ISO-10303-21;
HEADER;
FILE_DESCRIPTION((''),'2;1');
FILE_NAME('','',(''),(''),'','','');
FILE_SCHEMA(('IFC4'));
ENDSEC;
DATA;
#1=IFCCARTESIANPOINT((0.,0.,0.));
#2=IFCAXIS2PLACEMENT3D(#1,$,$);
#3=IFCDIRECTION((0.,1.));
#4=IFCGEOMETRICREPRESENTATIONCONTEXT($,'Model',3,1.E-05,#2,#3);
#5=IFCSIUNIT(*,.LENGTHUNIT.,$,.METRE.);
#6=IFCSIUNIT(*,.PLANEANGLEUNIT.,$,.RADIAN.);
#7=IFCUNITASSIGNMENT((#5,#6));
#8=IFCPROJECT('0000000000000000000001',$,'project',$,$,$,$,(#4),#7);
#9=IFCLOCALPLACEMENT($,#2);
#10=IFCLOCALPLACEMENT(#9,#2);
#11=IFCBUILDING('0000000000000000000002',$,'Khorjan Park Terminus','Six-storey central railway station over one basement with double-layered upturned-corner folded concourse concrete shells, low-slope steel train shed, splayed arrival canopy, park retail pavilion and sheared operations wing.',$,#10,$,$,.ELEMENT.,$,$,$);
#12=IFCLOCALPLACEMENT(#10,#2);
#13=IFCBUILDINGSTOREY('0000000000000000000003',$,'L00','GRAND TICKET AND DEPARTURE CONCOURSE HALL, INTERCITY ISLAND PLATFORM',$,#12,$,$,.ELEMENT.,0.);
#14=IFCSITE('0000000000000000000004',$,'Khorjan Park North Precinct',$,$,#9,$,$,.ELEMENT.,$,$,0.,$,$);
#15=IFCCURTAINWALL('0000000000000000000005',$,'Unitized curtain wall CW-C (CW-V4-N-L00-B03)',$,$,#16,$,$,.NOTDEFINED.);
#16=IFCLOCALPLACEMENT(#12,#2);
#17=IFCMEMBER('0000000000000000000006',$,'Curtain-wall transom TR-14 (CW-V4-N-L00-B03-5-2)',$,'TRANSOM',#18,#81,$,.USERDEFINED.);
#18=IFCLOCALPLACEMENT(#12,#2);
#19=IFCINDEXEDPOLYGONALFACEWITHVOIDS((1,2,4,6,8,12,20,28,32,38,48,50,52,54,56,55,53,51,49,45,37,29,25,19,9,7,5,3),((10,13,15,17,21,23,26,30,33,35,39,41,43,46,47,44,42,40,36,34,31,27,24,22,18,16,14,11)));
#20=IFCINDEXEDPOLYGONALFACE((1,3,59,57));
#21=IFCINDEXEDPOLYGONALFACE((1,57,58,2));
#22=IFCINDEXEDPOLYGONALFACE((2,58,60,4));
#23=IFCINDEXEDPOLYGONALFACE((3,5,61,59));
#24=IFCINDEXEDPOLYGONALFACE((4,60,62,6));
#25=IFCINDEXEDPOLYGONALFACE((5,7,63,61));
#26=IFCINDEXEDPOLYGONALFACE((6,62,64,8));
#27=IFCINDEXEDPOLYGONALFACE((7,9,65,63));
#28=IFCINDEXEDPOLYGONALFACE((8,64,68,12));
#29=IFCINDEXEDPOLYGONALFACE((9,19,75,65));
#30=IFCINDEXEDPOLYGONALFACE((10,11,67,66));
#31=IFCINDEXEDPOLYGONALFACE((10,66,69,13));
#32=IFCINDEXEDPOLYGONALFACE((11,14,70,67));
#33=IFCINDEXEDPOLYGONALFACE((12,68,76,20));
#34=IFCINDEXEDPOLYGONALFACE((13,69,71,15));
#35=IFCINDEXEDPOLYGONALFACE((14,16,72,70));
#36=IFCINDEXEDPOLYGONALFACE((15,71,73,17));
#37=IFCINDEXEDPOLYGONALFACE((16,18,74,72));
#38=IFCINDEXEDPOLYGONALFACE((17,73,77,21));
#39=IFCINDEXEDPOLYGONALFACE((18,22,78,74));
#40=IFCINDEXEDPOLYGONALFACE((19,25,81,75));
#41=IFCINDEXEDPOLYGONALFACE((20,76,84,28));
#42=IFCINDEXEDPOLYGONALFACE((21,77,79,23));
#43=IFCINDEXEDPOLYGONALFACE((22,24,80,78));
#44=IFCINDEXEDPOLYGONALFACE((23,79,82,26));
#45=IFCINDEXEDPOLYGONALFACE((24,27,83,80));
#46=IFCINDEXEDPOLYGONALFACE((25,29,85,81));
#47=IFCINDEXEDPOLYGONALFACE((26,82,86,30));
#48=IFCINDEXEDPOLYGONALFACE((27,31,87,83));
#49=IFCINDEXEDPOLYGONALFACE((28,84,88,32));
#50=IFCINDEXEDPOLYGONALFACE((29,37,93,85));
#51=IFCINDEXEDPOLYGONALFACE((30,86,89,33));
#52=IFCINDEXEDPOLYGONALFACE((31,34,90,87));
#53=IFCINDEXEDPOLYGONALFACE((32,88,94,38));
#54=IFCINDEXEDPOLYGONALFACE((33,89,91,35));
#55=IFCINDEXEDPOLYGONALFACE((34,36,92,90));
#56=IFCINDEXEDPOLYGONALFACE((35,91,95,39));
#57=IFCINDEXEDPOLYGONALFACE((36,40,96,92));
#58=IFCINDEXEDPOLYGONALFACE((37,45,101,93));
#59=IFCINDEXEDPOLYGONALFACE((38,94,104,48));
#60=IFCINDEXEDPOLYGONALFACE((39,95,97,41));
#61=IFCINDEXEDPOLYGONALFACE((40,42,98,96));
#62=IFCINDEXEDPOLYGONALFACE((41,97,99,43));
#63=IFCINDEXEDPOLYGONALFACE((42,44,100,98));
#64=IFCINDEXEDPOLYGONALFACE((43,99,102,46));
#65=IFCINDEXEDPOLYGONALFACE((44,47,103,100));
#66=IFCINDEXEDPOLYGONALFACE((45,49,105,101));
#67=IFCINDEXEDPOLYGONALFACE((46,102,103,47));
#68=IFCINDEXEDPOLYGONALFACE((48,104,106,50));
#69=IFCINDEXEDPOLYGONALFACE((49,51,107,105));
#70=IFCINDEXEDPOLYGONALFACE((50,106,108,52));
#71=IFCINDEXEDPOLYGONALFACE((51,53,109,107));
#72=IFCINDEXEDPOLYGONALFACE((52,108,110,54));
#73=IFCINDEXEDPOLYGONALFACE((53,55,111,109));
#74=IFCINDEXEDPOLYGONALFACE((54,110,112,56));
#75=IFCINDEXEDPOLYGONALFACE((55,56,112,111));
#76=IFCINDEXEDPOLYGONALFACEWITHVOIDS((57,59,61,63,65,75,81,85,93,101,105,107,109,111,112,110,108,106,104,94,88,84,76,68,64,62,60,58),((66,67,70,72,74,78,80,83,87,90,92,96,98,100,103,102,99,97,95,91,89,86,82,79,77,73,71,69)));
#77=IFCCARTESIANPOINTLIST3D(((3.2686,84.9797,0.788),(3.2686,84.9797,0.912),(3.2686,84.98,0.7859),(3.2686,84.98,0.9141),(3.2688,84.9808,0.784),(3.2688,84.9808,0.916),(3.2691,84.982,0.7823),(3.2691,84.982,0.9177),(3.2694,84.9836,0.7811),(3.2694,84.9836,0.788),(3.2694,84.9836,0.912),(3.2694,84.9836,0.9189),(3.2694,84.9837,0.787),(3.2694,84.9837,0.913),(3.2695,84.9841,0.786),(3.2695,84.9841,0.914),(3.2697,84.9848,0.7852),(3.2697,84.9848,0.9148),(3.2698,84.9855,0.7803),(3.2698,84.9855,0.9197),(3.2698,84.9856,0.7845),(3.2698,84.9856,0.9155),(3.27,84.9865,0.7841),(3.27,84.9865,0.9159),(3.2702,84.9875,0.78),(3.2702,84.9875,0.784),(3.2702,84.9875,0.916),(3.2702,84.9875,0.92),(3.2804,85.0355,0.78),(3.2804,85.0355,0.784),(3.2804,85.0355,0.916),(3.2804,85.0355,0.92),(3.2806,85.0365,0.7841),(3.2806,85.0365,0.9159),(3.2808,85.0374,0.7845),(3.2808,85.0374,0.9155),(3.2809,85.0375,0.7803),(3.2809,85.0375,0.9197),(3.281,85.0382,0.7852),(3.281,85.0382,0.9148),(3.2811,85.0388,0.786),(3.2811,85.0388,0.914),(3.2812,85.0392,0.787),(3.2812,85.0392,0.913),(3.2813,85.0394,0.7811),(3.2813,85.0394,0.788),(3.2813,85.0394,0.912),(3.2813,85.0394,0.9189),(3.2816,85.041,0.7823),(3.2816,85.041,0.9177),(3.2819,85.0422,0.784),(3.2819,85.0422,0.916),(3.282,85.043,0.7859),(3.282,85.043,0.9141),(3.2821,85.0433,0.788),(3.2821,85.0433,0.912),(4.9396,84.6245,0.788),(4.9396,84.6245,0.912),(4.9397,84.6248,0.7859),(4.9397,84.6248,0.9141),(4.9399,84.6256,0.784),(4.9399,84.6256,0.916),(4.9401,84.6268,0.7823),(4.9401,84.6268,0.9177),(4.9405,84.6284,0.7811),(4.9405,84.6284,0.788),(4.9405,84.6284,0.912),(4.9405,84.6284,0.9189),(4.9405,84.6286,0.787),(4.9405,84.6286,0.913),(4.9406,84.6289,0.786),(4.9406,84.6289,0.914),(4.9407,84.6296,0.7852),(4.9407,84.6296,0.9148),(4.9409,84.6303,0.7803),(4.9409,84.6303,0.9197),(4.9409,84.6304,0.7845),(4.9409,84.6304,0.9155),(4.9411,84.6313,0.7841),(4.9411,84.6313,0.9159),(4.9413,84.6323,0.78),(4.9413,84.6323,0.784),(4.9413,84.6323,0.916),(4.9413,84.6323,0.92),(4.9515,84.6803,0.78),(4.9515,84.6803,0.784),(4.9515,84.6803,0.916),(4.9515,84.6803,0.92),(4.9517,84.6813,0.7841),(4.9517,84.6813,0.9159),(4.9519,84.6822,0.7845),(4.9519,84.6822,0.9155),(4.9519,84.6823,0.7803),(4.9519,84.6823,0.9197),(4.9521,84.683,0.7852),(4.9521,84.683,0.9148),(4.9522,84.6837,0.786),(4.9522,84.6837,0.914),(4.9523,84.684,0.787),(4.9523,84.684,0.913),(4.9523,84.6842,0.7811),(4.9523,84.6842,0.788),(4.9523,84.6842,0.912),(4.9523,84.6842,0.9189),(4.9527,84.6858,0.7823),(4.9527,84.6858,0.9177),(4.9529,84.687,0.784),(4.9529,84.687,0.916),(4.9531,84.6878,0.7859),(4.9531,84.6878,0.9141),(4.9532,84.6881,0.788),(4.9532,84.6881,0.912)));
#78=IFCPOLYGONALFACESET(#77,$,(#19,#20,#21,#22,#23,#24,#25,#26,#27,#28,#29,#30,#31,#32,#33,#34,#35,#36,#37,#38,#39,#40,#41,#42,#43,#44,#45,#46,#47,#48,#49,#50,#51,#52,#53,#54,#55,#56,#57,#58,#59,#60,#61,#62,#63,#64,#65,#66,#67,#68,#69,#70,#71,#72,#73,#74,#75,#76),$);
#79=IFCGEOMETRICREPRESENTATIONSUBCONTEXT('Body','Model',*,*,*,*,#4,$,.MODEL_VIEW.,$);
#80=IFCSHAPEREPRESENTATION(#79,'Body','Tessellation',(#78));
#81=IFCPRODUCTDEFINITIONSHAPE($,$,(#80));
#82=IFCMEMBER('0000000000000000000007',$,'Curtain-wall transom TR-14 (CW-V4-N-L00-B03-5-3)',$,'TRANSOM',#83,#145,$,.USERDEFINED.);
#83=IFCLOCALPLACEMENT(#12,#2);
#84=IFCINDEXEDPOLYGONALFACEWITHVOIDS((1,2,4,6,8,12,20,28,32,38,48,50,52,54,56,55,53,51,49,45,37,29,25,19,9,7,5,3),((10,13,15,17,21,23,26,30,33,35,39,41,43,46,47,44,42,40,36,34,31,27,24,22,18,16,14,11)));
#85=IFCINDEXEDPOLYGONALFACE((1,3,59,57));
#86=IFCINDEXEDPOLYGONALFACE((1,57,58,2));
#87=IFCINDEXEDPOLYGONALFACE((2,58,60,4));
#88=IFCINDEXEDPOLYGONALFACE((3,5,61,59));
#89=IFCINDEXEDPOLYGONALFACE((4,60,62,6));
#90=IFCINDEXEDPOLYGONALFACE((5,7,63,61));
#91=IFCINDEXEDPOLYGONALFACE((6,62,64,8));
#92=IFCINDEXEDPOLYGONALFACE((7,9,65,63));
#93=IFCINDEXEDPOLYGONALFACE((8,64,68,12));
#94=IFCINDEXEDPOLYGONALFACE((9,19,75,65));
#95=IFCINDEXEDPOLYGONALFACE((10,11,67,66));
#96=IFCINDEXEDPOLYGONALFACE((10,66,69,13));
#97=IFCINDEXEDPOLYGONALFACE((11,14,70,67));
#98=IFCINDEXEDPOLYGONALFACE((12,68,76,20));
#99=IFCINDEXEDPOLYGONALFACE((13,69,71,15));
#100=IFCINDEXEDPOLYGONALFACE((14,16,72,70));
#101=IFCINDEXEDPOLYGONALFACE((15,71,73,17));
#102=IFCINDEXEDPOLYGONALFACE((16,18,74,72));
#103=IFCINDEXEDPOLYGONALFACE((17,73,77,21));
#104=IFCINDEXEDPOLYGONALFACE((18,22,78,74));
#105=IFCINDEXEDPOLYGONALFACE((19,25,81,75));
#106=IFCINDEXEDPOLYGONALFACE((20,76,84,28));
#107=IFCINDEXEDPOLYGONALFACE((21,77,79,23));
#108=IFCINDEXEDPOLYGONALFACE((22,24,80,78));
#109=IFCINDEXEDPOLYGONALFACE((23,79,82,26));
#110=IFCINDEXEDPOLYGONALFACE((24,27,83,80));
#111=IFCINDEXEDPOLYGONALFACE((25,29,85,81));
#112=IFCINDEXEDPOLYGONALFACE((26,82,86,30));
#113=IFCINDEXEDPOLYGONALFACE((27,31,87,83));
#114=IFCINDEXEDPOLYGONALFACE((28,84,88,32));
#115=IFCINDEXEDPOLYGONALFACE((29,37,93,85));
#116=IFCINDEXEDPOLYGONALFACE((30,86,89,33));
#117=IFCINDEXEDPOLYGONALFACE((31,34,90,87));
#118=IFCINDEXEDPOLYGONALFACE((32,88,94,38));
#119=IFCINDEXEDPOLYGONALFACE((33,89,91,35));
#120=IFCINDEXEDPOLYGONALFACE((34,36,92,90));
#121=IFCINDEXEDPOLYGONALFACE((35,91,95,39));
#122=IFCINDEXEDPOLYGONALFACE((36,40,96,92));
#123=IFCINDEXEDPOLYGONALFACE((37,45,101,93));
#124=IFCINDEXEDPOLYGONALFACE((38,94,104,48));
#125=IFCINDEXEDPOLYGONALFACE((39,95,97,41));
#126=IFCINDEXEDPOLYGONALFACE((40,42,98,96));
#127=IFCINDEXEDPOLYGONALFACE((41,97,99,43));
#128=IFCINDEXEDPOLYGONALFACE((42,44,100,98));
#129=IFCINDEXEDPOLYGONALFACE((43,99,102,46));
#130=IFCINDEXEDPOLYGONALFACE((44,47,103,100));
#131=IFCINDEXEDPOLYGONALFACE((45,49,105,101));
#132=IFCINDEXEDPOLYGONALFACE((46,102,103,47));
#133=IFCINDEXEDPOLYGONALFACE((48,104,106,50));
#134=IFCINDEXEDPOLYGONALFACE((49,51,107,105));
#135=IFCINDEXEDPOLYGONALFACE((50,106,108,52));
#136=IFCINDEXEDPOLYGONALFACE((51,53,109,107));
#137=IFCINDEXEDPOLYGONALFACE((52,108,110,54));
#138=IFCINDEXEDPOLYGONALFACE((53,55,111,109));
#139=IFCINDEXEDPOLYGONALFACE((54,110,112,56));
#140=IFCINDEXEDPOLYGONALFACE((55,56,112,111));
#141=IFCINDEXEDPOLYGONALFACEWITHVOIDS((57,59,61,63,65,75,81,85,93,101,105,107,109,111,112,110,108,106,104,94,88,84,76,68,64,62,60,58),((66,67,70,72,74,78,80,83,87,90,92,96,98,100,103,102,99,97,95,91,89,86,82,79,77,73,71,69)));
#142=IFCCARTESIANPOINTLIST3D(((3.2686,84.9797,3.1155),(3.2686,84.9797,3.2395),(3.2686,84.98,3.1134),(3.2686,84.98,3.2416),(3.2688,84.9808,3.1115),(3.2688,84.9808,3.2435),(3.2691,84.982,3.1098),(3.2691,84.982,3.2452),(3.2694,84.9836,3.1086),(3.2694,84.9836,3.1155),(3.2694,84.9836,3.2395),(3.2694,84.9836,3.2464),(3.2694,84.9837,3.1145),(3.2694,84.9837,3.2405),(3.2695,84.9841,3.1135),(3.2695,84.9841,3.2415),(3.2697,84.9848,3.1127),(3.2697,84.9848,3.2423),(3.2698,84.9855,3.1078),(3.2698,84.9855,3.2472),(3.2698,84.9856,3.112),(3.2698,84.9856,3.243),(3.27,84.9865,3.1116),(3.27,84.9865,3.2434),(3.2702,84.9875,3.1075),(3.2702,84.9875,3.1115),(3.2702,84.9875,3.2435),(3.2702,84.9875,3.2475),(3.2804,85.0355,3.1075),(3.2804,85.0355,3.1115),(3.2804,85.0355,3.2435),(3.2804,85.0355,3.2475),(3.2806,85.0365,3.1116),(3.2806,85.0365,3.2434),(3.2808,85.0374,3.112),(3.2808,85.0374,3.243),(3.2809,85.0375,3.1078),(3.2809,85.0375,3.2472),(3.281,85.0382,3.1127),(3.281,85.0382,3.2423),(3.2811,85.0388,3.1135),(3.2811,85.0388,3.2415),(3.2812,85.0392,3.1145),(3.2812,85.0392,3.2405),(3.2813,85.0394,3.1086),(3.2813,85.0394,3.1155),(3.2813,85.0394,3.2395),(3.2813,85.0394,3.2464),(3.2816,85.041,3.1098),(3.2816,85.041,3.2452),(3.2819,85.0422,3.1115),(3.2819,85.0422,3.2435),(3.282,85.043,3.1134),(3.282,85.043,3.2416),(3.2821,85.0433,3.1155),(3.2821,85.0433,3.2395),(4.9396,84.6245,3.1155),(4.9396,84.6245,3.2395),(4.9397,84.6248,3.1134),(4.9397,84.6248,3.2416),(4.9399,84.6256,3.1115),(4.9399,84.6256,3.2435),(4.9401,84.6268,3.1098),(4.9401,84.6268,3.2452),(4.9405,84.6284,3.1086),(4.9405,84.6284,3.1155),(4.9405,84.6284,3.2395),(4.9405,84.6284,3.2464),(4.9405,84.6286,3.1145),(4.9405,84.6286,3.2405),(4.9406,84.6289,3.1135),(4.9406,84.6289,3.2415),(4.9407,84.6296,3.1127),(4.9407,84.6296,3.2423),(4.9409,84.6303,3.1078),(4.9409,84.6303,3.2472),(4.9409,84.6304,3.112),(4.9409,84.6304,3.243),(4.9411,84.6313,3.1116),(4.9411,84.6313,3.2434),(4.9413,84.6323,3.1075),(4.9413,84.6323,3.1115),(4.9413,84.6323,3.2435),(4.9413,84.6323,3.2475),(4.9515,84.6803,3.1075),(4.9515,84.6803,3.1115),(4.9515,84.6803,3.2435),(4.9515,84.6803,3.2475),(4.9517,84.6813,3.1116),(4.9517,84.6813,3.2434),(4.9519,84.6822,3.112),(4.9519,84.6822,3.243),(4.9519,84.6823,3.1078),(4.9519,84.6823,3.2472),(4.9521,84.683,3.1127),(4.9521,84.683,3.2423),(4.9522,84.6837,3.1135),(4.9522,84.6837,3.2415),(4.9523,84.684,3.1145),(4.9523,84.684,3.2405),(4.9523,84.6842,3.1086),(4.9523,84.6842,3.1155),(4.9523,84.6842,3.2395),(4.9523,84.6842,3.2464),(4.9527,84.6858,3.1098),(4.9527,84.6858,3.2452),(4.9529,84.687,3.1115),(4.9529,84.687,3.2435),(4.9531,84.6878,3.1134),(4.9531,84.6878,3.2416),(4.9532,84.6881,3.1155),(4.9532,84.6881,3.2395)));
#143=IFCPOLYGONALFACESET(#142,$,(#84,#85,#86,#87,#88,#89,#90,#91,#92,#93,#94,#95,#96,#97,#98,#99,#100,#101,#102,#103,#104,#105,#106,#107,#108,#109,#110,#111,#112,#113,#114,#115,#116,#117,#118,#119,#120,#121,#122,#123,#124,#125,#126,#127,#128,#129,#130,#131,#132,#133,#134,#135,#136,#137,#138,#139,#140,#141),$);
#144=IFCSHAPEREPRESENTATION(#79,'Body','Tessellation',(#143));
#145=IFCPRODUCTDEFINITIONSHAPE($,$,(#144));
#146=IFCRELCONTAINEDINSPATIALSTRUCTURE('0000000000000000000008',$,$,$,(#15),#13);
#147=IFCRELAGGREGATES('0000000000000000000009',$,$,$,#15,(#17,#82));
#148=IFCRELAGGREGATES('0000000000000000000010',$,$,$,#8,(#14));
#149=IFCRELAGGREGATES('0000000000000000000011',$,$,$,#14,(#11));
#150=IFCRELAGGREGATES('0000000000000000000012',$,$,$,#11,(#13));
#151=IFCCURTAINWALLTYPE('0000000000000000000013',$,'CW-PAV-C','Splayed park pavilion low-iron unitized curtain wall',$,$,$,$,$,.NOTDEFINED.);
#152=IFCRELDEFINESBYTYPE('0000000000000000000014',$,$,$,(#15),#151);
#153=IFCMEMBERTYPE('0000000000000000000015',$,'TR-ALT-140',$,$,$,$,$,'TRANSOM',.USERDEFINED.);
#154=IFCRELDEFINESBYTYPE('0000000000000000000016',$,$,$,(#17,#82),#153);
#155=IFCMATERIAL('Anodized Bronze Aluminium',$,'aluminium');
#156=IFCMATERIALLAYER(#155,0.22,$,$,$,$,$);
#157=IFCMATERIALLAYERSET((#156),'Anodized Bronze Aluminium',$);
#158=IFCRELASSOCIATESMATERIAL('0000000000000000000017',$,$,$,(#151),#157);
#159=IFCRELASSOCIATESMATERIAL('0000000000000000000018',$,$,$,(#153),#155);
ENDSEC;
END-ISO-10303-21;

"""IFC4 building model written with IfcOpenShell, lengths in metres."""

from ifc_helpers import new_model, si_unit, direction, frame, origin, origin_2d, place, context, subcontext, project, spatial, hollow_rectangle, extrude, material, layer, layer_set, material_profile, profile_set, type_object, element, aggregate, save


model = new_model("IFC4")

# Units and contexts
model_context = context("Model", 3, precision=1e-05, world=origin(), true_north=direction((0.0, 1.0)))
body_context = subcontext(model_context, "Body", "Model", "MODEL_VIEW")
ifc_project = project(units=[si_unit("LENGTHUNIT", "METRE"), si_unit("PLANEANGLEUNIT", "RADIAN")], contexts=[model_context])

# Site, building, storey
site_placement = place(None, origin())
site = spatial("IfcSite", under=ifc_project, at=site_placement, Name="Khorjan Park North Precinct", CompositionType="ELEMENT", RefElevation=0.0)
building_placement = place(site_placement, origin())
building = spatial("IfcBuilding", under=site, at=building_placement, Name="Khorjan Park Terminus", Description="Six-storey central railway station over one basement with double-layered upturned-corner folded concourse concrete shells, low-slope steel train shed, splayed arrival canopy, park retail pavilion and sheared operations wing.", CompositionType="ELEMENT")
storey_placement = place(building_placement, origin())
storey = spatial("IfcBuildingStorey", under=building, at=storey_placement, Name="L00", Description="GRAND TICKET AND DEPARTURE CONCOURSE HALL, INTERCITY ISLAND PLATFORM", CompositionType="ELEMENT", Elevation=0.0)

# Curtain wall
ifc_material_1 = material(Name="Anodized Bronze Aluminium", Category="aluminium")
ifc_layer_1 = layer(ifc_material_1, 0.22)
ifc_layer_set_1 = layer_set([ifc_layer_1], Name="Anodized Bronze Aluminium")
curtain_wall_type = type_object("IfcCurtainWallType", Name="CW-PAV-C", Description="Splayed park pavilion low-iron unitized curtain wall", PredefinedType="NOTDEFINED", material=ifc_layer_set_1)
curtain_wall_1_placement = place(storey_placement, origin())
curtain_wall_1 = element("IfcCurtainWall", 1, at=curtain_wall_1_placement, inside=storey, type_object=curtain_wall_type, Name="Unitized curtain wall CW-C (CW-V4-N-L00-B03)", PredefinedType="NOTDEFINED")

# Members
ifc_material_profile_1 = material_profile(ifc_material_1, hollow_rectangle(XDim=0.065, YDim=0.14, WallThickness=0.004, InnerFilletRadius=0.004, OuterFilletRadius=0.008, at=origin_2d()), Name="ALT 65x140x4")
ifc_profile_set_1 = profile_set([ifc_material_profile_1], Name="Anodized Bronze Aluminium")
member_type_1 = type_object("IfcMemberType", Name="TR-ALT-140", ElementType="TRANSOM", PredefinedType="USERDEFINED", material=ifc_profile_set_1)
member_1_placement = place(storey_placement, frame((4.9464, 84.6563, 0.85), z_axis=(-0.978148, 0.20791, 0.0), x_axis=(-0.20791, -0.978148, 0.0)))
member_1 = element("IfcMember", 2, at=member_1_placement, type_object=member_type_1, Name="Curtain-wall transom TR-14 (CW-V4-N-L00-B03-5-2)", ObjectType="TRANSOM", PredefinedType="USERDEFINED", context=body_context, shape_type="SweptSolid", body=[
    extrude(hollow_rectangle(XDim=0.065, YDim=0.14, WallThickness=0.004, InnerFilletRadius=0.004, OuterFilletRadius=0.008, at=origin_2d()), origin(), (0.0, 0.0, 1.0), 1.7084),
])
member_2_placement = place(storey_placement, frame((4.9464, 84.6563, 3.1775), z_axis=(-0.978148, 0.20791, 0.0), x_axis=(-0.20791, -0.978148, 0.0)))
member_2 = element("IfcMember", 3, at=member_2_placement, type_object=member_type_1, Name="Curtain-wall transom TR-14 (CW-V4-N-L00-B03-5-3)", ObjectType="TRANSOM", PredefinedType="USERDEFINED", context=body_context, shape_type="SweptSolid", body=[
    extrude(hollow_rectangle(XDim=0.065, YDim=0.14, WallThickness=0.004, InnerFilletRadius=0.004, OuterFilletRadius=0.008, at=origin_2d()), origin(), (0.0, 0.0, 1.0), 1.7084),
])

aggregate(curtain_wall_1, [member_1, member_2])

save(model, "model.ifc")
